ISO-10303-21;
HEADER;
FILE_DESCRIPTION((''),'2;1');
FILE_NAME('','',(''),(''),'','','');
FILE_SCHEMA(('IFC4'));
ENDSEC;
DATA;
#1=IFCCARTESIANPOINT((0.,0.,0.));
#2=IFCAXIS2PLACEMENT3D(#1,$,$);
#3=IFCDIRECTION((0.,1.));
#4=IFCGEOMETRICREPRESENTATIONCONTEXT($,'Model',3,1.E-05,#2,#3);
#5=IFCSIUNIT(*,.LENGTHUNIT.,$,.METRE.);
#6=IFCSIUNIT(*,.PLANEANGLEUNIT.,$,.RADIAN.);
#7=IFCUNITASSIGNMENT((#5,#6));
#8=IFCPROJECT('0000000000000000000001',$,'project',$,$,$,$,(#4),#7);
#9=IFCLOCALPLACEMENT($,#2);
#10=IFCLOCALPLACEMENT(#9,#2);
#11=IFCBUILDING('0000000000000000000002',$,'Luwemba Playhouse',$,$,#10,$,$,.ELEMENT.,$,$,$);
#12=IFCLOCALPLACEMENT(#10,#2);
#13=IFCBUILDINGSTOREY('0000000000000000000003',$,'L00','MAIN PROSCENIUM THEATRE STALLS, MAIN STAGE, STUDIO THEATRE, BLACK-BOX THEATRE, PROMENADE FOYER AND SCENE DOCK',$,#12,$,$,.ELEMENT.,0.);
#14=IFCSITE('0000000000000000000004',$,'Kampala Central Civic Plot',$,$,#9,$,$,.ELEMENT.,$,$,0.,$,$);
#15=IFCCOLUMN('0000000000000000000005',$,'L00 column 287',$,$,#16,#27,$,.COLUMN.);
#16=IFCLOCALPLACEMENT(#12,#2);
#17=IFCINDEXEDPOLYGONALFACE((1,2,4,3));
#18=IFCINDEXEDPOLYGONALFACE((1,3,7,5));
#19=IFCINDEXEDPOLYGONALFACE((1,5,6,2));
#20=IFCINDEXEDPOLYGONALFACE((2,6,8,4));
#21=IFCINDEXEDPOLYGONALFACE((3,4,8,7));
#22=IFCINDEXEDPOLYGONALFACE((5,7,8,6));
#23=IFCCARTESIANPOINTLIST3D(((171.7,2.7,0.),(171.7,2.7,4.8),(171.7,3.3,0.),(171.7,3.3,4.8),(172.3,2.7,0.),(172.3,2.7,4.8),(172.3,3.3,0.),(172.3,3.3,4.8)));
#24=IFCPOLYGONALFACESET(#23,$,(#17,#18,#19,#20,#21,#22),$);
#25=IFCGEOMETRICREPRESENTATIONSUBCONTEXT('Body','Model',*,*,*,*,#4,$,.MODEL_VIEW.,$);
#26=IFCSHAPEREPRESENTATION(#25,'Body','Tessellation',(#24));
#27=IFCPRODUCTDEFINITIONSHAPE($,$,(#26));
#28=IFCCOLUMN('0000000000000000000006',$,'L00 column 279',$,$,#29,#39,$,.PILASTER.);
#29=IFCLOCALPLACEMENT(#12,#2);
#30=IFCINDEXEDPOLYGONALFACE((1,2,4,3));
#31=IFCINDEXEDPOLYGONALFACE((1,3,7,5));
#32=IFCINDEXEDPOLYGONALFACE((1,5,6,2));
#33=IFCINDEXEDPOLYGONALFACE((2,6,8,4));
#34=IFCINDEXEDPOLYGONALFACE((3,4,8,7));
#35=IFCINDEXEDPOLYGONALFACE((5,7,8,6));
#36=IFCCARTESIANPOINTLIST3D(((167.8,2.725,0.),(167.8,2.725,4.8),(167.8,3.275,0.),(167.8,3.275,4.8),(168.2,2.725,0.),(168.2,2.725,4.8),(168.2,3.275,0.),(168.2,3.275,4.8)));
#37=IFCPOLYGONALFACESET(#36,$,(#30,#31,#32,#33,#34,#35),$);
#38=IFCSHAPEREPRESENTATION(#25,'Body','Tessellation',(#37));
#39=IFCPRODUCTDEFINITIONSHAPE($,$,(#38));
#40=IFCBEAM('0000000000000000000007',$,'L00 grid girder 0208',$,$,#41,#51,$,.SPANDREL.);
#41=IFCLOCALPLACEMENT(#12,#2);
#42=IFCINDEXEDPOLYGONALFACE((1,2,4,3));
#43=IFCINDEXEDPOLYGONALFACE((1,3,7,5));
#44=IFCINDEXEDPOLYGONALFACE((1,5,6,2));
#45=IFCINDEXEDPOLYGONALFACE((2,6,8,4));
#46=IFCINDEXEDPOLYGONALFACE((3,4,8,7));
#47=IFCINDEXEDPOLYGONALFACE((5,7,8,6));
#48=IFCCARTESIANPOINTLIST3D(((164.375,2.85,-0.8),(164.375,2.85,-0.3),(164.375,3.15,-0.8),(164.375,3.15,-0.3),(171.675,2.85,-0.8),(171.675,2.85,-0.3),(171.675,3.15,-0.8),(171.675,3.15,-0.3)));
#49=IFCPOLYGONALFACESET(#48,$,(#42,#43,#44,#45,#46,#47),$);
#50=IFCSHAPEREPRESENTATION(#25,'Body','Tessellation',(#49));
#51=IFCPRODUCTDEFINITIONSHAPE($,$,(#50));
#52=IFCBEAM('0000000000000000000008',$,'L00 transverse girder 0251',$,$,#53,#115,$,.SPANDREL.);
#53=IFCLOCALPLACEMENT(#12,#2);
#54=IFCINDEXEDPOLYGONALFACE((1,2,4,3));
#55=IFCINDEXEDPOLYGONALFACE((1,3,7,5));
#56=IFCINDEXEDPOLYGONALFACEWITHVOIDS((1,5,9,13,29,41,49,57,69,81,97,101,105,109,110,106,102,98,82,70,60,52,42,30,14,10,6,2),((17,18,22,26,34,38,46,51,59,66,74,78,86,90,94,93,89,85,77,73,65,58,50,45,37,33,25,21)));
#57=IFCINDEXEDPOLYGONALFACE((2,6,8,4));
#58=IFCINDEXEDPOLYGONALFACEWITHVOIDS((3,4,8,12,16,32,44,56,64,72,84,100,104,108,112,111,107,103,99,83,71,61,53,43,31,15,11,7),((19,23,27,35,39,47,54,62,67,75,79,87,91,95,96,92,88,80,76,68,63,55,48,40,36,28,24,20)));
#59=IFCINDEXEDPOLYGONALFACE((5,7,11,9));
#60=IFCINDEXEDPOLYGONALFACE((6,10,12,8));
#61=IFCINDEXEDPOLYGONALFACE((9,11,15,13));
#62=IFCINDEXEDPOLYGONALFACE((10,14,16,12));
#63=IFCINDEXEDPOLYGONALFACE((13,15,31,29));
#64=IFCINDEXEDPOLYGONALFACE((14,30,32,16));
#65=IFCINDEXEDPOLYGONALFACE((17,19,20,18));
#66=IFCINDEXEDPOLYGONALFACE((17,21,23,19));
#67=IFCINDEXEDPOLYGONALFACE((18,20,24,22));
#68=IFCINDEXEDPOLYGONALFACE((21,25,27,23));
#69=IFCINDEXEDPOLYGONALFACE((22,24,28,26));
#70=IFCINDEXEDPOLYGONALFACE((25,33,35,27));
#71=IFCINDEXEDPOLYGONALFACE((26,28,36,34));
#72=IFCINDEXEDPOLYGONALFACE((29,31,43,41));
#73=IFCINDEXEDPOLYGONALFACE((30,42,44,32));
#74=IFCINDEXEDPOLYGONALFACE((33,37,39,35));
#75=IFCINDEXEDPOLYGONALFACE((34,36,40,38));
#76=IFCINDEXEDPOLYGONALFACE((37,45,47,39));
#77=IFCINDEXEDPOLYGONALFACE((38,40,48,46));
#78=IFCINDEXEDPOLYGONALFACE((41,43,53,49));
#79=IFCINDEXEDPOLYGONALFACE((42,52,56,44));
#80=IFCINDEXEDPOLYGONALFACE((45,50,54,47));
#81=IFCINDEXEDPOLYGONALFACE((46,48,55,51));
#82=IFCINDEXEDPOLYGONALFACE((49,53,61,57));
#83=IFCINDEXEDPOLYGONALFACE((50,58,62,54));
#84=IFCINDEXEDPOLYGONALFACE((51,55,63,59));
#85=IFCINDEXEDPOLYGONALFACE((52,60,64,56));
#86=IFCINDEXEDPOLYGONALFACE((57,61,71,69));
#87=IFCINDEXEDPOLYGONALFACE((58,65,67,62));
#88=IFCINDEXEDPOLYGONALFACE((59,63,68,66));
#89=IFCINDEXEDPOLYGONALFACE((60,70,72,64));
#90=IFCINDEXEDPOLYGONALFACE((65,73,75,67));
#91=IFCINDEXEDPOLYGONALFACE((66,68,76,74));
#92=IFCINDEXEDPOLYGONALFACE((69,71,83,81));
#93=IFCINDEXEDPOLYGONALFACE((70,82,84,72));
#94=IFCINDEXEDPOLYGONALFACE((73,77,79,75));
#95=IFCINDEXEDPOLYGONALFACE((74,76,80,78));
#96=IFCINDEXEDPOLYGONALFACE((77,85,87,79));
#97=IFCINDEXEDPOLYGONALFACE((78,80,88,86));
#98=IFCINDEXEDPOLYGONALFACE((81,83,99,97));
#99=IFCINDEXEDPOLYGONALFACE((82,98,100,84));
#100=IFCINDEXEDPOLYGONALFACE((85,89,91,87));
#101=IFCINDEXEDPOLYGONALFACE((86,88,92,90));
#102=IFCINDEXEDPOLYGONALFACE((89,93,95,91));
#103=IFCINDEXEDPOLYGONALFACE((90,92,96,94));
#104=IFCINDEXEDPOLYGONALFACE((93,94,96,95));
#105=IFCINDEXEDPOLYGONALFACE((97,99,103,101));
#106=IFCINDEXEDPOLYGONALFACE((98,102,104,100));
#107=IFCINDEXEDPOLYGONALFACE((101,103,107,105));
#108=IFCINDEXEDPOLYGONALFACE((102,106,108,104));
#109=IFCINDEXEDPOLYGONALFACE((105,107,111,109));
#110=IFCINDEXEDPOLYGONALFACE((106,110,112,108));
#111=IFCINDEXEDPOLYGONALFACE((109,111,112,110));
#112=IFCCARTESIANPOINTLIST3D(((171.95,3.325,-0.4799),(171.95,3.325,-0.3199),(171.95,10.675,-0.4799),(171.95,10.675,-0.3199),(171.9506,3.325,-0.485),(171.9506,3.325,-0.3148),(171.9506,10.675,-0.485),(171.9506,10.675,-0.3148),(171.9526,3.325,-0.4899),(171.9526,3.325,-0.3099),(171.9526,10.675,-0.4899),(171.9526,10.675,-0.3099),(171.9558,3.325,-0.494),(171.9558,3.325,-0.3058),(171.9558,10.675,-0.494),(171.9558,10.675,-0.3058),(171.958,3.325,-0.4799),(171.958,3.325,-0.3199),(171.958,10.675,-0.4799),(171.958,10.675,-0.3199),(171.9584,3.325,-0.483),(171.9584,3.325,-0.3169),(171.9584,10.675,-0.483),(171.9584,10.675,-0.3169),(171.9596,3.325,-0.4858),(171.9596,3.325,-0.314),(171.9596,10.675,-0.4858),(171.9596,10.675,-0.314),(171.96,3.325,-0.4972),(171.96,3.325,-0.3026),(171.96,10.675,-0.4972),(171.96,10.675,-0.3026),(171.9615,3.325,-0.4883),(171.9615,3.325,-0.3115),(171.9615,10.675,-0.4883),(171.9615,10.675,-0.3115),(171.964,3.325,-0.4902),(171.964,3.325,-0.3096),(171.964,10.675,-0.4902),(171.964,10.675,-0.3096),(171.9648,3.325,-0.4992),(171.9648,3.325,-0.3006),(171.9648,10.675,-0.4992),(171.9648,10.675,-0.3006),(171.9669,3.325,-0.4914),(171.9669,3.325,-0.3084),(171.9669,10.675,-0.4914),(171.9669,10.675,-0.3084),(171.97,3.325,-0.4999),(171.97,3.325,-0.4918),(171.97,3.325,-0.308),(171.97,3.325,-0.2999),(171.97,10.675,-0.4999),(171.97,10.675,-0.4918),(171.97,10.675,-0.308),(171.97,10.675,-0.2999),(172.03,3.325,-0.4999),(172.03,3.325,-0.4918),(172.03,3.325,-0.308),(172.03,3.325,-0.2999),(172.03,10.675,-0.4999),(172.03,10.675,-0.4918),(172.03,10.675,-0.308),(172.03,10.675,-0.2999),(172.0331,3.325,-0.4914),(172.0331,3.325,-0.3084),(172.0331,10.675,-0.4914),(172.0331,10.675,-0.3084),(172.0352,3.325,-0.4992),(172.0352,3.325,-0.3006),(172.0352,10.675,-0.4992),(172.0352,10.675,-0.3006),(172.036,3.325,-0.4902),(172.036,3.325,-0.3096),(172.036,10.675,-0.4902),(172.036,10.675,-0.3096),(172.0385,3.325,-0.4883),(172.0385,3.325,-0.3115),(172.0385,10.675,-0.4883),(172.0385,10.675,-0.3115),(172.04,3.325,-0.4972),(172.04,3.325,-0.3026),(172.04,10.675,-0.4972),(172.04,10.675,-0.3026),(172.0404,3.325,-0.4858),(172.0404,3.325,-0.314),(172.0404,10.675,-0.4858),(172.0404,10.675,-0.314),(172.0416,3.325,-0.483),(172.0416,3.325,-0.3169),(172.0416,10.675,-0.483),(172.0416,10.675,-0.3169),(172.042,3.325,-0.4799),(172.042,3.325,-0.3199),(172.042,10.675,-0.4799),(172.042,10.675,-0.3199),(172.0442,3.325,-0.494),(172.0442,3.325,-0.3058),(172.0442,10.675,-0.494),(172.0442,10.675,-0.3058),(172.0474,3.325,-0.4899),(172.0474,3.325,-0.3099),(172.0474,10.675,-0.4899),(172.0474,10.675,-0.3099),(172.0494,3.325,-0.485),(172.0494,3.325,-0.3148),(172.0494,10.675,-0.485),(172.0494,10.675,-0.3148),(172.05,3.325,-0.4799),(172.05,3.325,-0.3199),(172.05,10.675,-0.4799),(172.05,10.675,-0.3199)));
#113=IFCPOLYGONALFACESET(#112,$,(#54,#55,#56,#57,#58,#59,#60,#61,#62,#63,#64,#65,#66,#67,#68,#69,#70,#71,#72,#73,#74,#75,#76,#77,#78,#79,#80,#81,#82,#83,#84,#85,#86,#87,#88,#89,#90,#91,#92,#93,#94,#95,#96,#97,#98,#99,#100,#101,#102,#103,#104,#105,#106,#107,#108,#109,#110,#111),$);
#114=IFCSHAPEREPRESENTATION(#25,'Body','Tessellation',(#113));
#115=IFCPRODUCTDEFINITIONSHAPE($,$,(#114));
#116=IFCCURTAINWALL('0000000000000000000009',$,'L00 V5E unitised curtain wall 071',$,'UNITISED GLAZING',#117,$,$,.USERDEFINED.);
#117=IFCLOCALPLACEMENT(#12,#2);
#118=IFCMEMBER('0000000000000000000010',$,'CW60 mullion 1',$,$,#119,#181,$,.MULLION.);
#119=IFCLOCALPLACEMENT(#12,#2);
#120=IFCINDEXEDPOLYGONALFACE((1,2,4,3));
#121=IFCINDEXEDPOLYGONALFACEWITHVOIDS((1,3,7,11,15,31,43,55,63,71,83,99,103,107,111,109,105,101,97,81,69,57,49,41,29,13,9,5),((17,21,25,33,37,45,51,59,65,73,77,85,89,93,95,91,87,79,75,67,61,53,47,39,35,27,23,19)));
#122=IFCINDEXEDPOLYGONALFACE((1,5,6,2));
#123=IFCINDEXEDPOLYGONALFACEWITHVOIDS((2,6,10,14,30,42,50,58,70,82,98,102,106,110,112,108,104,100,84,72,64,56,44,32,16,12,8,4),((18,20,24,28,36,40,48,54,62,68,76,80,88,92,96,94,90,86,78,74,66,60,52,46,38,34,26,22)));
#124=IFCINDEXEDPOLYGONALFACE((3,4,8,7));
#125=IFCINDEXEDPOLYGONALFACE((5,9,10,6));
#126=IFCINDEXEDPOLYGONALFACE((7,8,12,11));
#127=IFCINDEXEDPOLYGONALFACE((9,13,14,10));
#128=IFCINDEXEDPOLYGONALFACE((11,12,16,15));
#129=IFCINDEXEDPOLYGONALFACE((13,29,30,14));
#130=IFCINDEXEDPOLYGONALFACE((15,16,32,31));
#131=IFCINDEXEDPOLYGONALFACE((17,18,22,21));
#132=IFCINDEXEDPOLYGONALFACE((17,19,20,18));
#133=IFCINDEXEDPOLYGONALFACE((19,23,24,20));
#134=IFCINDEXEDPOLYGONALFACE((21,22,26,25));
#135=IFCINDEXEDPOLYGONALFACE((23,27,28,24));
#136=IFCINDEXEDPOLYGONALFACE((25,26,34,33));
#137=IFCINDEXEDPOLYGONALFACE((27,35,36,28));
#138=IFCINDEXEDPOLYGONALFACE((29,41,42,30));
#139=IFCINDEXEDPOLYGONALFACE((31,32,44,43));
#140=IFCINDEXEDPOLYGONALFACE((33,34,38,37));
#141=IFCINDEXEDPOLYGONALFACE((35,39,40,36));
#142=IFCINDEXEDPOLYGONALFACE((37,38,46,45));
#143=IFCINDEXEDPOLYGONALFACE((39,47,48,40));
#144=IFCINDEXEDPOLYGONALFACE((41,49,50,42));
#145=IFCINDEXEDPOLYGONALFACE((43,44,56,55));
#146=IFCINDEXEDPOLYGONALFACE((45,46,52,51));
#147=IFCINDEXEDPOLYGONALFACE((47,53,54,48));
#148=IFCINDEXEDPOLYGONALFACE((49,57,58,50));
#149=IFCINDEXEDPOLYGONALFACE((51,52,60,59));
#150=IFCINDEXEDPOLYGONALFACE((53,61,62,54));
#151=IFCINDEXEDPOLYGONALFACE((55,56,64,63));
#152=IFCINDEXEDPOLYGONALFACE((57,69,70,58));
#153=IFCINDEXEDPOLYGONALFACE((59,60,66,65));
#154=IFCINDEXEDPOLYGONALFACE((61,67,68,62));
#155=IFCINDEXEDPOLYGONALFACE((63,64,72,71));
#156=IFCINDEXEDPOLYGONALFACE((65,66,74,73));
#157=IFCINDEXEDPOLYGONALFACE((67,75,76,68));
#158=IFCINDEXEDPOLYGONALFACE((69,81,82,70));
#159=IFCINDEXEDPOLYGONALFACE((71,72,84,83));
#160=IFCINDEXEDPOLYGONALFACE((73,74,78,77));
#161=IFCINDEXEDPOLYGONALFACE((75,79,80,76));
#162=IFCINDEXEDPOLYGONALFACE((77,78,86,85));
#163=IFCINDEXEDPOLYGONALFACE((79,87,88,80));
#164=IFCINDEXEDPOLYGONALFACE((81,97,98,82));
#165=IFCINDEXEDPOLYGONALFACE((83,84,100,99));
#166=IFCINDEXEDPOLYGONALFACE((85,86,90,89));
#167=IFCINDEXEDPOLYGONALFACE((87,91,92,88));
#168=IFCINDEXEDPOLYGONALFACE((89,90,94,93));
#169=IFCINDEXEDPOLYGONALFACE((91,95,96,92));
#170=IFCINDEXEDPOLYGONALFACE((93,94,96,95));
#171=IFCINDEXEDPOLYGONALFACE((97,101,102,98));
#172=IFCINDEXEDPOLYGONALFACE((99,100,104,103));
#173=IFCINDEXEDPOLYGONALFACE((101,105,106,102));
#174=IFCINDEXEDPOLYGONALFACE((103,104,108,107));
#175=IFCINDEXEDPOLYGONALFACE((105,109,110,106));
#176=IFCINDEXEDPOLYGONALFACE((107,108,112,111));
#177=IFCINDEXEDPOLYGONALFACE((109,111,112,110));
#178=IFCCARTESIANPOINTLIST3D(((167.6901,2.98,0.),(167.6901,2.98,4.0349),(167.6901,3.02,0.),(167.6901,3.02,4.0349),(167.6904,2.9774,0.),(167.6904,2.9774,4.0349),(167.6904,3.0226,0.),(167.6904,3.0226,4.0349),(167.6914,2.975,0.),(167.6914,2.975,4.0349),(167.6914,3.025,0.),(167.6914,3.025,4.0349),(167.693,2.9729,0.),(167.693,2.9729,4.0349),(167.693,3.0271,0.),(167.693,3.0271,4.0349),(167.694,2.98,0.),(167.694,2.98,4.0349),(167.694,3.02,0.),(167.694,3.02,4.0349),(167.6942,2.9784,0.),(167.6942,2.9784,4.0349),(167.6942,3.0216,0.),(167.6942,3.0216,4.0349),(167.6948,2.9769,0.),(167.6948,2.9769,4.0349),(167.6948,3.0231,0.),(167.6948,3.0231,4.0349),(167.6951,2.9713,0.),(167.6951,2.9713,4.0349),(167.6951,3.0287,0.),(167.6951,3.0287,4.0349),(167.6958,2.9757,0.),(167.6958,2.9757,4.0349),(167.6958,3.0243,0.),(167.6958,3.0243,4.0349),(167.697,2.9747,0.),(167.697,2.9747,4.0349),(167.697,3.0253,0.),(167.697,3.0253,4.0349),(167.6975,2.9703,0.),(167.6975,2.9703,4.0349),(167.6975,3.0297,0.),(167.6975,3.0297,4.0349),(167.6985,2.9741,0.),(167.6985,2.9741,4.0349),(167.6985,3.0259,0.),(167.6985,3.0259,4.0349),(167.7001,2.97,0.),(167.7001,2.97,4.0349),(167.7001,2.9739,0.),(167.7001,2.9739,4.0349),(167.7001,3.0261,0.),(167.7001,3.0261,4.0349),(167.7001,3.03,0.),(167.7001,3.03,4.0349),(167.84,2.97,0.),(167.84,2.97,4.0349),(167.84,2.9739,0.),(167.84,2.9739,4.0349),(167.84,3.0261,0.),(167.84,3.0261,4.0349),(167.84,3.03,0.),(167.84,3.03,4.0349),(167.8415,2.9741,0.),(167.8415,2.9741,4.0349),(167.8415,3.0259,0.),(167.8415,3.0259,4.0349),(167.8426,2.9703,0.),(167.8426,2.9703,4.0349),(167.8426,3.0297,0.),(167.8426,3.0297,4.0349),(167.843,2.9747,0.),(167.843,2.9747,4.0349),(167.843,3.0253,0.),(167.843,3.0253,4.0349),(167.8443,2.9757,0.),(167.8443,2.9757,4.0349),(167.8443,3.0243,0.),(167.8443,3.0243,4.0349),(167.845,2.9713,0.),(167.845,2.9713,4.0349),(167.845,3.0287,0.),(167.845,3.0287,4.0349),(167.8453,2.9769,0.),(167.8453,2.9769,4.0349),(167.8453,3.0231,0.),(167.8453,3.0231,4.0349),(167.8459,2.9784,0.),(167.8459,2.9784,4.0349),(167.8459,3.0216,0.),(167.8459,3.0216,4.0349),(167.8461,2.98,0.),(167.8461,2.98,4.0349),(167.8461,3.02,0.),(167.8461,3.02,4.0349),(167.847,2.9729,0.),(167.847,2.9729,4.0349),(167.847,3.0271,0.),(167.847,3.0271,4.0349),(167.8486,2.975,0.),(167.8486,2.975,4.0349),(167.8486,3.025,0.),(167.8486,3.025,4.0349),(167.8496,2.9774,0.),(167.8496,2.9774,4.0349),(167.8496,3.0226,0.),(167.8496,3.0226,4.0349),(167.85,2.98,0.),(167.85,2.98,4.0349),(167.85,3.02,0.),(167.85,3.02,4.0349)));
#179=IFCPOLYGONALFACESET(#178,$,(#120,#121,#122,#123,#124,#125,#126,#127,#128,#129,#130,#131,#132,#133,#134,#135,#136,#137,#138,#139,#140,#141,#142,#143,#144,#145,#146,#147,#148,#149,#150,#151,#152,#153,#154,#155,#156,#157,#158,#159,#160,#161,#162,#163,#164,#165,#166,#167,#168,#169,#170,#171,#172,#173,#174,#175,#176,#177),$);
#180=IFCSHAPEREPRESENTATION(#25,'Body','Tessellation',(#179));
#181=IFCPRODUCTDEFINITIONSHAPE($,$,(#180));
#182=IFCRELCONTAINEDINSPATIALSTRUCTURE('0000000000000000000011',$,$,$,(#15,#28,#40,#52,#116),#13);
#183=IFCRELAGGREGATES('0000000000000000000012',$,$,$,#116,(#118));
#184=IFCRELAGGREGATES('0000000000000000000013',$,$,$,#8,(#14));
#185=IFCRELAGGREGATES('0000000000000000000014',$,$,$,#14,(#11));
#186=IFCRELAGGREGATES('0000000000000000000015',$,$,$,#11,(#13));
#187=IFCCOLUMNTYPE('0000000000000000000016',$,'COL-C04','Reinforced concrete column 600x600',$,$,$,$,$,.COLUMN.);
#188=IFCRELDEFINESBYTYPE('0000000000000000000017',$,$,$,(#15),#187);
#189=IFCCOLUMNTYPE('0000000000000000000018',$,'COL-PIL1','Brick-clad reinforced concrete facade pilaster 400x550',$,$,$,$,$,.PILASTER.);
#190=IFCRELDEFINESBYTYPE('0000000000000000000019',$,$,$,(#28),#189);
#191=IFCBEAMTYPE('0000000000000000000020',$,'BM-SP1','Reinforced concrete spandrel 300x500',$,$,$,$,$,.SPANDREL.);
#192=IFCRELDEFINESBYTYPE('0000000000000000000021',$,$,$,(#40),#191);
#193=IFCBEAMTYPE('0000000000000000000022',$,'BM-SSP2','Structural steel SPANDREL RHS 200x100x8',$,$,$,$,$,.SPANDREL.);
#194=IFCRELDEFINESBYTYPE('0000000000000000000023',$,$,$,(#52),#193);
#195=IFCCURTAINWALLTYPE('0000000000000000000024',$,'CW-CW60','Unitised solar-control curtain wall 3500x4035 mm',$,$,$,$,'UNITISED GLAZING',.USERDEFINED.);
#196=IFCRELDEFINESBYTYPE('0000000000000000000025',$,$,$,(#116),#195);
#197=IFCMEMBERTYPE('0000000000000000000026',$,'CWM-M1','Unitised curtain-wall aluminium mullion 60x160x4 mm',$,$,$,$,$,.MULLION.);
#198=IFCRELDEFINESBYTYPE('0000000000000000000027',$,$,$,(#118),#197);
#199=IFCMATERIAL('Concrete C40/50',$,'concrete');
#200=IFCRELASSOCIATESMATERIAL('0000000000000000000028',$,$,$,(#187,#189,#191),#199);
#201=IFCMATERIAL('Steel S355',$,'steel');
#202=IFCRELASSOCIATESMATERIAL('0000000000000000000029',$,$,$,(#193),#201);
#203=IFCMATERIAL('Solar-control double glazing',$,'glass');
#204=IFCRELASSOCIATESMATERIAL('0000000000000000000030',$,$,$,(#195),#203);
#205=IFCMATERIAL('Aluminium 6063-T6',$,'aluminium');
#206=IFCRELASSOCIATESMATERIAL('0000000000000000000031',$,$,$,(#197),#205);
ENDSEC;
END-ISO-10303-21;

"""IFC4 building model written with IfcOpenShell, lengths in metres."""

from ifc_helpers import new_model, si_unit, direction, frame, origin, origin_2d, place, context, subcontext, project, spatial, rectangle, hollow_rectangle, extrude, material, material_profile, profile_set, type_object, element, aggregate, save


model = new_model("IFC4")

# Units and contexts
model_context = context("Model", 3, precision=1e-05, world=origin(), true_north=direction((0.0, 1.0)))
body_context = subcontext(model_context, "Body", "Model", "MODEL_VIEW")
ifc_project = project(units=[si_unit("LENGTHUNIT", "METRE"), si_unit("PLANEANGLEUNIT", "RADIAN")], contexts=[model_context])

# Site, building, storey
site_placement = place(None, origin())
site = spatial("IfcSite", under=ifc_project, at=site_placement, Name="Kampala Central Civic Plot", CompositionType="ELEMENT", RefElevation=0.0)
building_placement = place(site_placement, origin())
building = spatial("IfcBuilding", under=site, at=building_placement, Name="Luwemba Playhouse", CompositionType="ELEMENT")
storey_placement = place(building_placement, origin())
storey = spatial("IfcBuildingStorey", under=building, at=storey_placement, Name="L00", Description="MAIN PROSCENIUM THEATRE STALLS, MAIN STAGE, STUDIO THEATRE, BLACK-BOX THEATRE, PROMENADE FOYER AND SCENE DOCK", CompositionType="ELEMENT", Elevation=0.0)

# Columns
ifc_material_1 = material(Name="Concrete C40/50", Category="concrete")
ifc_material_profile_1 = material_profile(ifc_material_1, rectangle(XDim=0.6001, YDim=0.6001, at=origin_2d()))
ifc_profile_set_1 = profile_set([ifc_material_profile_1], Name="Concrete C40/50")
column_type_1 = type_object("IfcColumnType", Name="COL-C04", Description="Reinforced concrete column 600x600", PredefinedType="COLUMN", material=ifc_profile_set_1)
column_1_placement = place(storey_placement, frame((172.0, 3.0, 0.0), z_axis=(0.0, 0.0, 1.0), x_axis=(1.0, 0.0, 0.0)))
element("IfcColumn", 1, at=column_1_placement, inside=storey, type_object=column_type_1, Name="L00 column 287", PredefinedType="COLUMN", context=body_context, shape_type="SweptSolid", body=[
    extrude(rectangle(XDim=0.6001, YDim=0.6001, at=origin_2d()), origin(), (0.0, 0.0, 1.0), 4.8),
])
ifc_material_profile_2 = material_profile(ifc_material_1, rectangle(XDim=0.3999, YDim=0.55, at=origin_2d()))
ifc_profile_set_2 = profile_set([ifc_material_profile_2], Name="Concrete C40/50")
column_type_2 = type_object("IfcColumnType", Name="COL-PIL1", Description="Brick-clad reinforced concrete facade pilaster 400x550", PredefinedType="PILASTER", material=ifc_profile_set_2)
column_2_placement = place(storey_placement, frame((168.0, 3.0, 0.0), z_axis=(0.0, 0.0, 1.0), x_axis=(1.0, 0.0, 0.0)))
element("IfcColumn", 2, at=column_2_placement, inside=storey, type_object=column_type_2, Name="L00 column 279", PredefinedType="PILASTER", context=body_context, shape_type="SweptSolid", body=[
    extrude(rectangle(XDim=0.3999, YDim=0.55, at=origin_2d()), origin(), (0.0, 0.0, 1.0), 4.8),
])

# Beams
ifc_material_profile_3 = material_profile(ifc_material_1, rectangle(XDim=0.3, YDim=0.5, at=origin_2d()))
ifc_profile_set_3 = profile_set([ifc_material_profile_3], Name="Concrete C40/50")
beam_type_1 = type_object("IfcBeamType", Name="BM-SP1", Description="Reinforced concrete spandrel 300x500", PredefinedType="SPANDREL", material=ifc_profile_set_3)
beam_1_placement = place(storey_placement, frame((164.375, 3.0, -0.55), z_axis=(1.0, 0.0, 0.0), x_axis=(0.0, 1.0, 0.0)))
element("IfcBeam", 3, at=beam_1_placement, inside=storey, type_object=beam_type_1, Name="L00 grid girder 0208", PredefinedType="SPANDREL", context=body_context, shape_type="SweptSolid", body=[
    extrude(rectangle(XDim=0.3, YDim=0.5, at=origin_2d()), origin(), (0.0, 0.0, 1.0), 7.3),
])
ifc_material_2 = material(Name="Steel S355", Category="steel")
ifc_material_profile_4 = material_profile(ifc_material_2, hollow_rectangle(XDim=0.1001, YDim=0.2, WallThickness=0.0081, InnerFilletRadius=0.012, OuterFilletRadius=0.02, at=origin_2d()))
ifc_profile_set_4 = profile_set([ifc_material_profile_4], Name="Steel S355")
beam_type_2 = type_object("IfcBeamType", Name="BM-SSP2", Description="Structural steel SPANDREL RHS 200x100x8", PredefinedType="SPANDREL", material=ifc_profile_set_4)
beam_2_placement = place(storey_placement, frame((172.0, 3.325, -0.3999), z_axis=(0.0, 1.0, 0.0), x_axis=(-1.0, 0.0, 0.0)))
element("IfcBeam", 4, at=beam_2_placement, inside=storey, type_object=beam_type_2, Name="L00 transverse girder 0251", PredefinedType="SPANDREL", context=body_context, shape_type="SweptSolid", body=[
    extrude(hollow_rectangle(XDim=0.1001, YDim=0.2, WallThickness=0.0081, InnerFilletRadius=0.012, OuterFilletRadius=0.02, at=origin_2d()), origin(), (0.0, 0.0, 1.0), 7.3501),
])

# Curtain wall, member
ifc_material_3 = material(Name="Solar-control double glazing", Category="glass")
curtain_wall_type = type_object("IfcCurtainWallType", Name="CW-CW60", Description="Unitised solar-control curtain wall 3500x4035 mm", ElementType="UNITISED GLAZING", PredefinedType="USERDEFINED", material=ifc_material_3)
curtain_wall_placement = place(storey_placement, origin())
curtain_wall = element("IfcCurtainWall", 5, at=curtain_wall_placement, inside=storey, type_object=curtain_wall_type, Name="L00 V5E unitised curtain wall 071", ObjectType="UNITISED GLAZING", PredefinedType="USERDEFINED")
ifc_material_4 = material(Name="Aluminium 6063-T6", Category="aluminium")
ifc_material_profile_5 = material_profile(ifc_material_4, hollow_rectangle(XDim=0.0601, YDim=0.1599, WallThickness=0.0039, InnerFilletRadius=0.0061, OuterFilletRadius=0.01, at=origin_2d()))
ifc_profile_set_5 = profile_set([ifc_material_profile_5], Name="Aluminium 6063-T6")
member_type_1 = type_object("IfcMemberType", Name="CWM-M1", Description="Unitised curtain-wall aluminium mullion 60x160x4 mm", PredefinedType="MULLION", material=ifc_profile_set_5)
member_1_placement = place(storey_placement, frame((167.77, 3.0, 0.0), z_axis=(0.0, 0.0, 1.0), x_axis=(0.0, -1.0, 0.0)))
member_1 = element("IfcMember", 6, at=member_1_placement, type_object=member_type_1, Name="CW60 mullion 1", PredefinedType="MULLION", context=body_context, shape_type="SweptSolid", body=[
    extrude(hollow_rectangle(XDim=0.0601, YDim=0.1599, WallThickness=0.0039, InnerFilletRadius=0.0061, OuterFilletRadius=0.01, at=origin_2d()), origin(), (0.0, 0.0, 1.0), 4.0349),
])
aggregate(curtain_wall, [member_1])

save(model, "model.ifc")
